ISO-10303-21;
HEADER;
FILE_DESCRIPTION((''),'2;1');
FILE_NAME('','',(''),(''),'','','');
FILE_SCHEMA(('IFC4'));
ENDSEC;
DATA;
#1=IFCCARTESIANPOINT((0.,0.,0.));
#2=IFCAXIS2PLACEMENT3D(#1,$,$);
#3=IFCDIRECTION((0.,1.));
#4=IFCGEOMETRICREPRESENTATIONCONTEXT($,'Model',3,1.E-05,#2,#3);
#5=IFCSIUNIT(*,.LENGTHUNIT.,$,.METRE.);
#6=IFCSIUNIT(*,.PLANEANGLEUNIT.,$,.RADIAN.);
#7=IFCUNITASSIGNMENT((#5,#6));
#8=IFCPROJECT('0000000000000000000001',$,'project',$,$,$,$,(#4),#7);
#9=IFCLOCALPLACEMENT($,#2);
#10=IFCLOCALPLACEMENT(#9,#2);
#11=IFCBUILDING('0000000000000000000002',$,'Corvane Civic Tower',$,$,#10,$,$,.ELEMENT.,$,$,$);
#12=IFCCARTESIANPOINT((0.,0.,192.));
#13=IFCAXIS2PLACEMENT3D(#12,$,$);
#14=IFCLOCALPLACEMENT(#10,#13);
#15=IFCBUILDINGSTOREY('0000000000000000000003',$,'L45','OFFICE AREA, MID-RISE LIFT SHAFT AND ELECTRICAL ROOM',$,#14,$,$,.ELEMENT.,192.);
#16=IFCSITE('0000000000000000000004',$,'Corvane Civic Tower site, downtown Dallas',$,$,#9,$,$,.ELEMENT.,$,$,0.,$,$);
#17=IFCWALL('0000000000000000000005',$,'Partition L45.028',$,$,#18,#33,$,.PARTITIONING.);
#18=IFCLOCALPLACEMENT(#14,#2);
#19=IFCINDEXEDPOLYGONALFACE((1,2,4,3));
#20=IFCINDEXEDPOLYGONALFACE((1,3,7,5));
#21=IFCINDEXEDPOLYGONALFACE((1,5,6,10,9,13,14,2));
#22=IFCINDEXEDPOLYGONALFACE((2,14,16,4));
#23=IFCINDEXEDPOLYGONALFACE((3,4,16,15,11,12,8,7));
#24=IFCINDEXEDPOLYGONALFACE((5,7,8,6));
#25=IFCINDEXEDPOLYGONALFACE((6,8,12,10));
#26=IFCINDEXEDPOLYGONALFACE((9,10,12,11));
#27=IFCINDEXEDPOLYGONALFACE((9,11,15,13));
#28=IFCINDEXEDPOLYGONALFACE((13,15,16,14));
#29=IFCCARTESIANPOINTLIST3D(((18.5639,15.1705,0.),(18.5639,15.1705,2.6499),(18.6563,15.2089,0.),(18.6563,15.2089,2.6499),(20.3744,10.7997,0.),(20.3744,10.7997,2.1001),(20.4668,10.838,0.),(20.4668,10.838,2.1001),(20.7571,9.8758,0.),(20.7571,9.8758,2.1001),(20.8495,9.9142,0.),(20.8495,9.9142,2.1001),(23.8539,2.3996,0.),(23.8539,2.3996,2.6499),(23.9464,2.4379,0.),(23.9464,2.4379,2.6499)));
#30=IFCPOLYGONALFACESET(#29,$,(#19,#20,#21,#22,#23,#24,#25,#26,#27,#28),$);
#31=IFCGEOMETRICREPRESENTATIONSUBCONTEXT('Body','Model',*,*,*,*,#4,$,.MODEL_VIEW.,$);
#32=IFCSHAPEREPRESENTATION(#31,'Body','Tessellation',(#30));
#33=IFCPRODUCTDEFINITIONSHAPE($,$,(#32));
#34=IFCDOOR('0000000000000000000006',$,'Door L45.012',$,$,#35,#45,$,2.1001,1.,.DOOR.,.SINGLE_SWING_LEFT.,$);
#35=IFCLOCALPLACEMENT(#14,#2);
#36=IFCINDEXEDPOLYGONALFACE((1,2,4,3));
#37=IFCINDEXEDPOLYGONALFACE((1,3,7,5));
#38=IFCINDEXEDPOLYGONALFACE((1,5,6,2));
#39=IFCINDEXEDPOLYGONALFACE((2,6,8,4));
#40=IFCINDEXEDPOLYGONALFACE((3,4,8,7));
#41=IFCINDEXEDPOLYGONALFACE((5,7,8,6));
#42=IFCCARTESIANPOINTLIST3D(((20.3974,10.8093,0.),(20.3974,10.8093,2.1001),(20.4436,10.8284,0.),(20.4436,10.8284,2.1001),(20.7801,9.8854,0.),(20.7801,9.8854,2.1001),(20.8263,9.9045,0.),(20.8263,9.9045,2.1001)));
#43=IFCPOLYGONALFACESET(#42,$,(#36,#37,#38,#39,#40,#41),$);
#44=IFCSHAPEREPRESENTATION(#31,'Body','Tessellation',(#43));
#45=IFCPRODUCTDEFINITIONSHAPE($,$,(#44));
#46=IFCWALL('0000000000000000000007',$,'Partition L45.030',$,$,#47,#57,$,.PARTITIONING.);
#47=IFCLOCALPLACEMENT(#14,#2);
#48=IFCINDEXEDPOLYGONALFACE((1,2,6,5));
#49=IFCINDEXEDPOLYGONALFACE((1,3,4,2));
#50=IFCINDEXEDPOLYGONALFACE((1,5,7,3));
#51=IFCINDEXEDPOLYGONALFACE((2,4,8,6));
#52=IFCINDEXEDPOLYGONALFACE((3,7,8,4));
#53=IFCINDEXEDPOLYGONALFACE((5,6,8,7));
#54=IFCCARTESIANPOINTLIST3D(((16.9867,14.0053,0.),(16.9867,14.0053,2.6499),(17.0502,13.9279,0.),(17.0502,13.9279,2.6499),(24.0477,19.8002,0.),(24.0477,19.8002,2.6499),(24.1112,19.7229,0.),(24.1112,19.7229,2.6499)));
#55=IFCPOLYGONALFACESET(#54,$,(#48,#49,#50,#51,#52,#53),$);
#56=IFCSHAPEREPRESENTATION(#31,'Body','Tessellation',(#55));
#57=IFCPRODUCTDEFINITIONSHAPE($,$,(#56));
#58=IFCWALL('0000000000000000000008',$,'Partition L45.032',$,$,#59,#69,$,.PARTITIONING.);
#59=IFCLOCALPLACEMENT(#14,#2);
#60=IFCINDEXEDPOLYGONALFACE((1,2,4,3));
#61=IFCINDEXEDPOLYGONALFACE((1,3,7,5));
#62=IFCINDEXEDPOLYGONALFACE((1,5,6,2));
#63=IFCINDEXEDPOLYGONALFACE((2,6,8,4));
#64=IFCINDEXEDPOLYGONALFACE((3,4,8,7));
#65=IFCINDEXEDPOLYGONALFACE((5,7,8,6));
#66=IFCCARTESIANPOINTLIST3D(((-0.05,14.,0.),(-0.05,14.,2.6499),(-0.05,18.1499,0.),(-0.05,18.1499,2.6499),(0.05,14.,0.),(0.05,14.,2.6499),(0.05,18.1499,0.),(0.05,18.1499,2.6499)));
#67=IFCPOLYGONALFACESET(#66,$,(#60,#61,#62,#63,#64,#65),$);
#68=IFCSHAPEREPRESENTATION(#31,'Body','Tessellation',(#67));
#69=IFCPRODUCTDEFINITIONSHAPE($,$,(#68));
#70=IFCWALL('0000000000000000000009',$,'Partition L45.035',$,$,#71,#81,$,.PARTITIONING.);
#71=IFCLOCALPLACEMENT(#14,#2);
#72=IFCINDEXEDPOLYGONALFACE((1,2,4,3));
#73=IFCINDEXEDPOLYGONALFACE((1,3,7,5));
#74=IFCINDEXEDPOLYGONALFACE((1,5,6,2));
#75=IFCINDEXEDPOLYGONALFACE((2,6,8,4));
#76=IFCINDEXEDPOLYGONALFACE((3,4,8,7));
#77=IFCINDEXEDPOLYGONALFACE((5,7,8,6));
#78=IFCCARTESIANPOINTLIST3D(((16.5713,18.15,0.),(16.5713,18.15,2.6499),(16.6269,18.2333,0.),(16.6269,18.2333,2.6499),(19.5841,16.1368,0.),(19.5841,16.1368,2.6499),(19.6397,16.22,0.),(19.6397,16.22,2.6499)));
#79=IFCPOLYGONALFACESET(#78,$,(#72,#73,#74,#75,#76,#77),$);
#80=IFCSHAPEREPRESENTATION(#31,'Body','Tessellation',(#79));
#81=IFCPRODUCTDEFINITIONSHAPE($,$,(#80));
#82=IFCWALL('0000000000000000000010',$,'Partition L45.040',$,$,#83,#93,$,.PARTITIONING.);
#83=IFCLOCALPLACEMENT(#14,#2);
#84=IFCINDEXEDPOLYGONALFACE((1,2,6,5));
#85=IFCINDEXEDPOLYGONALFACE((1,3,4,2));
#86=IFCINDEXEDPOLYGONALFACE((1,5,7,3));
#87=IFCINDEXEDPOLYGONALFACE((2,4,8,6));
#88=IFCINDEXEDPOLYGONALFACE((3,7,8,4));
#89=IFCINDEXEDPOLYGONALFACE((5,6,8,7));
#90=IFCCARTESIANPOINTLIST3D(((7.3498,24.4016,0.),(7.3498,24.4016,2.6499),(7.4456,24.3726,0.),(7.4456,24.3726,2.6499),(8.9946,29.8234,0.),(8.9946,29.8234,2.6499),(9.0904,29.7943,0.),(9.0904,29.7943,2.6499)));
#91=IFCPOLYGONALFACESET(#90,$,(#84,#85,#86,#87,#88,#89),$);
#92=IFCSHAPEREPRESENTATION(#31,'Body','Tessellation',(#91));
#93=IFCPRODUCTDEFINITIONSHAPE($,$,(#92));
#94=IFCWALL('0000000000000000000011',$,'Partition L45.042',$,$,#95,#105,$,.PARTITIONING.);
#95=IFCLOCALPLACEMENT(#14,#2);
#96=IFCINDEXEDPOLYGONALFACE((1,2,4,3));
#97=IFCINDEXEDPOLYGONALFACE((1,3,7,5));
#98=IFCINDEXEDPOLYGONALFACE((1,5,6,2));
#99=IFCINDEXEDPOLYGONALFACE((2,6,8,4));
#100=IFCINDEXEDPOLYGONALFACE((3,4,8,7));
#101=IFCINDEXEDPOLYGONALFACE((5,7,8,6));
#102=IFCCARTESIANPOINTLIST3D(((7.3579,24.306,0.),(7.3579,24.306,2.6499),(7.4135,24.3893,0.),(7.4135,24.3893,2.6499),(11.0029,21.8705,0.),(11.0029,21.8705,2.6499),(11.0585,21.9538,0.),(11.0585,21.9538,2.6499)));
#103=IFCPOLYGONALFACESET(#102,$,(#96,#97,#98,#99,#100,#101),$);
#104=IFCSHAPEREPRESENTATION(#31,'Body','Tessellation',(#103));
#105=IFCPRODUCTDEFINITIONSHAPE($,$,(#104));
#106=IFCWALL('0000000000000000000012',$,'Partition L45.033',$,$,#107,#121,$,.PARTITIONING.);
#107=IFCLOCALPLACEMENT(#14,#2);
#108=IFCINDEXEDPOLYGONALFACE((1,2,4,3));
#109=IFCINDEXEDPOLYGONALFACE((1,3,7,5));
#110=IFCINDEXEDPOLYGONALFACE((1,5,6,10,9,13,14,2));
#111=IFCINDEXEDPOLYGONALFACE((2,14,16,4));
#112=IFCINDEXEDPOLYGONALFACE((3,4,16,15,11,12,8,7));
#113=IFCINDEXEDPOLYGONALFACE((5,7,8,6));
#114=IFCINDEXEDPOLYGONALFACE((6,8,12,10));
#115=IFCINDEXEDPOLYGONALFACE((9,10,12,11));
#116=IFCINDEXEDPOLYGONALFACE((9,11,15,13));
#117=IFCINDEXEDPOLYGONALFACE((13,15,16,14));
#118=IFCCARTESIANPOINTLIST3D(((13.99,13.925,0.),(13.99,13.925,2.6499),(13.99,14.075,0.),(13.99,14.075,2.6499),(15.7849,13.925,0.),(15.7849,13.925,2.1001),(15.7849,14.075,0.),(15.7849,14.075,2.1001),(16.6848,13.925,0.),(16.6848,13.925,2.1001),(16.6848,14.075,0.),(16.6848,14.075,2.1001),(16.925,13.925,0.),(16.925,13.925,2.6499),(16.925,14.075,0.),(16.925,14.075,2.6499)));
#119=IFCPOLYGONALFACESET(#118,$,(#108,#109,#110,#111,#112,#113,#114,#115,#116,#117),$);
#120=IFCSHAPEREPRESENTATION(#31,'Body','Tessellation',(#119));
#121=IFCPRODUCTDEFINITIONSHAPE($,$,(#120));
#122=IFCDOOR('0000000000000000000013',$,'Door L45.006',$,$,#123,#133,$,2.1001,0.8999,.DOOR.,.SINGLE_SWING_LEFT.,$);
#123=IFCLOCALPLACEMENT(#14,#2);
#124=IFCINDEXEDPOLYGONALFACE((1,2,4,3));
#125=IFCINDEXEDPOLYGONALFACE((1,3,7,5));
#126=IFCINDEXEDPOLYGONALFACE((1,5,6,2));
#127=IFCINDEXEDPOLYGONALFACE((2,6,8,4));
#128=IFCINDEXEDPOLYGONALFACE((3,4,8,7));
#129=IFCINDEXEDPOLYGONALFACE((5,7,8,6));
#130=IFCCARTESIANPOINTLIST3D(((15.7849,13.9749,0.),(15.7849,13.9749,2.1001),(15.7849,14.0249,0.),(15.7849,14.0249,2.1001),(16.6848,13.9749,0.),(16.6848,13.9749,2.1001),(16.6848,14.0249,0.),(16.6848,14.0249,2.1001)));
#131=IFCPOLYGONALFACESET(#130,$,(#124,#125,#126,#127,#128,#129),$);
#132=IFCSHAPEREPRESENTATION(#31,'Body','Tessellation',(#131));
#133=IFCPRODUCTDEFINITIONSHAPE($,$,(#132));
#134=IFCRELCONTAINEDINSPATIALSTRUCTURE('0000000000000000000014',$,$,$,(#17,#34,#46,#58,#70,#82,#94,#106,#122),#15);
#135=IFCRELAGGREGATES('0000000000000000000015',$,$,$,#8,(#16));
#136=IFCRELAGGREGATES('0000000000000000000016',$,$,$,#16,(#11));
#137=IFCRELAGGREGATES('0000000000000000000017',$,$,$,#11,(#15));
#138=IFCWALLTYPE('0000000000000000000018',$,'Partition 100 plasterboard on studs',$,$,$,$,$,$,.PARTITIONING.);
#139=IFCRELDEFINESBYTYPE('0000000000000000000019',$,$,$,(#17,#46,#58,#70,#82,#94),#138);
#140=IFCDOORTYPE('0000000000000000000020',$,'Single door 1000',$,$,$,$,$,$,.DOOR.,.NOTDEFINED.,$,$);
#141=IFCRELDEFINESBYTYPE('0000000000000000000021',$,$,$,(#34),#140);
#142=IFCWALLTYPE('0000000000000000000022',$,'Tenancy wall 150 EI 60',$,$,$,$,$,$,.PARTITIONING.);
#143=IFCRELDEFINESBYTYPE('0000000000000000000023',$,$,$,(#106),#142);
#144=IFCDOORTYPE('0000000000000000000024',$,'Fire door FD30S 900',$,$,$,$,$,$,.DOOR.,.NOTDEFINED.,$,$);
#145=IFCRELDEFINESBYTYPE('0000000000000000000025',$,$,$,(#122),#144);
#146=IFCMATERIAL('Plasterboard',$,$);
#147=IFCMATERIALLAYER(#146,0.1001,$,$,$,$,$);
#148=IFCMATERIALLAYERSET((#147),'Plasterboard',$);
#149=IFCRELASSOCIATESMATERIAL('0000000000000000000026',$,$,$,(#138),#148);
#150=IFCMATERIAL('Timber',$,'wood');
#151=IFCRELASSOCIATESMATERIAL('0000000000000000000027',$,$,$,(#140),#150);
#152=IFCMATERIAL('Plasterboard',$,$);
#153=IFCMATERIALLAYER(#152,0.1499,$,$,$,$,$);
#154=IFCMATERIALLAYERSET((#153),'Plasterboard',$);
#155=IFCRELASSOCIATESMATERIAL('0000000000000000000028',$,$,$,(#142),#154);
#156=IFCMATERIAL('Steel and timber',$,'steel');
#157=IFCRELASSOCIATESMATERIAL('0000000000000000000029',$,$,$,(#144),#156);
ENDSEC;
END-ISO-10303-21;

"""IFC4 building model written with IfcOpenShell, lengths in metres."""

from ifc_helpers import new_model, si_unit, direction, frame, frame_2d, origin, place, context, subcontext, project, spatial, rectangle, extrude, material, layer, layer_set, type_object, element, fill, save


model = new_model("IFC4")

# Units and contexts
model_context = context("Model", 3, precision=1e-05, world=origin(), true_north=direction((0.0, 1.0)))
body_context = subcontext(model_context, "Body", "Model", "MODEL_VIEW")
ifc_project = project(units=[si_unit("LENGTHUNIT", "METRE"), si_unit("PLANEANGLEUNIT", "RADIAN")], contexts=[model_context])

# Site, building, storey
site_placement = place(None, origin())
site = spatial("IfcSite", under=ifc_project, at=site_placement, Name="Corvane Civic Tower site, downtown Dallas", CompositionType="ELEMENT", RefElevation=0.0)
building_placement = place(site_placement, origin())
building = spatial("IfcBuilding", under=site, at=building_placement, Name="Corvane Civic Tower", CompositionType="ELEMENT")
storey_placement = place(building_placement, frame((0.0, 0.0, 192.0)))
storey = spatial("IfcBuildingStorey", under=building, at=storey_placement, Name="L45", Description="OFFICE AREA, MID-RISE LIFT SHAFT AND ELECTRICAL ROOM", CompositionType="ELEMENT", Elevation=192.0)

# Wall, opening, door
ifc_material_1 = material(Name="Plasterboard")
ifc_layer_1 = layer(ifc_material_1, 0.1001)
ifc_layer_set_1 = layer_set([ifc_layer_1], Name="Plasterboard")
wall_type_1 = type_object("IfcWallType", Name="Partition 100 plasterboard on studs", PredefinedType="PARTITIONING", material=ifc_layer_set_1)
wall_1_placement = place(storey_placement, frame((18.6101, 15.1897, 0.0), z_axis=(0.0, 0.0, 1.0), x_axis=(0.382691, -0.923876, 0.0)))
wall_1 = element("IfcWall", 1, at=wall_1_placement, inside=storey, type_object=wall_type_1, Name="Partition L45.028", PredefinedType="PARTITIONING", context=body_context, shape_type="SweptSolid", body=[
    extrude(rectangle(XDim=13.8232, YDim=0.1001, at=frame_2d((6.9116, 0.0))), origin(), (0.0, 0.0, 1.0), 2.6499),
])
opening_1_placement = place(wall_1_placement, frame((4.731, 0.0, 0.0)))
opening_1 = element("IfcOpeningElement", 2, at=opening_1_placement, cuts=wall_1, PredefinedType="OPENING", context=body_context, shape_type="SweptSolid", body=[
    extrude(rectangle(XDim=1.0, YDim=2.1001, at=frame_2d((0.5, 1.05))), frame((0.0, 0.0601, 0.0), z_axis=(0.0, -1.0, 0.0), x_axis=(1.0, 0.0, 0.0)), (0.0, 0.0, 1.0), 0.1201),
])
ifc_material_2 = material(Name="Timber", Category="wood")
door_type_1 = type_object("IfcDoorType", Name="Single door 1000", OperationType="NOTDEFINED", PredefinedType="DOOR", material=ifc_material_2)
door_1_placement = place(opening_1_placement, origin())
door_1 = element("IfcDoor", 3, at=door_1_placement, inside=storey, type_object=door_type_1, Name="Door L45.012", OperationType="SINGLE_SWING_LEFT", OverallHeight=2.1001, OverallWidth=1.0, PredefinedType="DOOR", context=body_context, shape_type="SweptSolid", body=[
    extrude(rectangle(XDim=1.0, YDim=2.1001, at=frame_2d((0.5, 1.05))), frame((0.0, 0.0249, 0.0), z_axis=(0.0, -1.0, 0.0), x_axis=(1.0, 0.0, 0.0)), (0.0, 0.0, 1.0), 0.05),
])
fill(opening_1, door_1)

# Walls
wall_2_placement = place(storey_placement, frame((17.0183, 13.9666, 0.0), z_axis=(0.0, 0.0, 1.0), x_axis=(0.773006, 0.634399, 0.0)))
element("IfcWall", 4, at=wall_2_placement, inside=storey, type_object=wall_type_1, Name="Partition L45.030", PredefinedType="PARTITIONING", context=body_context, shape_type="SweptSolid", body=[
    extrude(rectangle(XDim=9.1345, YDim=0.1001, at=frame_2d((4.5674, 0.0))), origin(), (0.0, 0.0, 1.0), 2.6499),
])
wall_3_placement = place(storey_placement, frame((0.0, 14.0, 0.0), z_axis=(0.0, 0.0, 1.0), x_axis=(0.0, 1.0, 0.0)))
element("IfcWall", 5, at=wall_3_placement, inside=storey, type_object=wall_type_1, Name="Partition L45.032", PredefinedType="PARTITIONING", context=body_context, shape_type="SweptSolid", body=[
    extrude(rectangle(XDim=4.1499, YDim=0.1001, at=frame_2d((2.075, 0.0))), origin(), (0.0, 0.0, 1.0), 2.6499),
])
wall_4_placement = place(storey_placement, frame((16.5991, 18.1917, 0.0), z_axis=(0.0, 0.0, 1.0), x_axis=(0.831449, -0.555602, 0.0)))
element("IfcWall", 6, at=wall_4_placement, inside=storey, type_object=wall_type_1, Name="Partition L45.035", PredefinedType="PARTITIONING", context=body_context, shape_type="SweptSolid", body=[
    extrude(rectangle(XDim=3.6235, YDim=0.1001, at=frame_2d((1.8118, 0.0))), origin(), (0.0, 0.0, 1.0), 2.6499),
])
wall_5_placement = place(storey_placement, frame((7.3977, 24.387, 0.0), z_axis=(0.0, 0.0, 1.0), x_axis=(0.290296, 0.956937, 0.0)))
element("IfcWall", 7, at=wall_5_placement, inside=storey, type_object=wall_type_1, Name="Partition L45.040", PredefinedType="PARTITIONING", context=body_context, shape_type="SweptSolid", body=[
    extrude(rectangle(XDim=5.6658, YDim=0.1001, at=frame_2d((2.833, 0.0))), origin(), (0.0, 0.0, 1.0), 2.6499),
])
wall_6_placement = place(storey_placement, frame((7.3857, 24.3477, 0.0), z_axis=(0.0, 0.0, 1.0), x_axis=(0.831467, -0.555574, 0.0)))
element("IfcWall", 8, at=wall_6_placement, inside=storey, type_object=wall_type_1, Name="Partition L45.042", PredefinedType="PARTITIONING", context=body_context, shape_type="SweptSolid", body=[
    extrude(rectangle(XDim=4.3838, YDim=0.1001, at=frame_2d((2.1919, 0.0))), origin(), (0.0, 0.0, 1.0), 2.6499),
])

# Wall, opening, door
ifc_material_3 = material(Name="Plasterboard")
ifc_layer_2 = layer(ifc_material_3, 0.1499)
ifc_layer_set_2 = layer_set([ifc_layer_2], Name="Plasterboard")
wall_type_2 = type_object("IfcWallType", Name="Tenancy wall 150 EI 60", PredefinedType="PARTITIONING", material=ifc_layer_set_2)
wall_7_placement = place(storey_placement, frame((13.99, 14.0, 0.0), z_axis=(0.0, 0.0, 1.0), x_axis=(1.0, 0.0, 0.0)))
wall_7 = element("IfcWall", 9, at=wall_7_placement, inside=storey, type_object=wall_type_2, Name="Partition L45.033", PredefinedType="PARTITIONING", context=body_context, shape_type="SweptSolid", body=[
    extrude(rectangle(XDim=2.9351, YDim=0.1499, at=frame_2d((1.4675, 0.0))), origin(), (0.0, 0.0, 1.0), 2.6499),
])
opening_2_placement = place(wall_7_placement, frame((1.7949, 0.0, 0.0)))
opening_2 = element("IfcOpeningElement", 10, at=opening_2_placement, cuts=wall_7, PredefinedType="OPENING", context=body_context, shape_type="SweptSolid", body=[
    extrude(rectangle(XDim=0.8999, YDim=2.1001, at=frame_2d((0.45, 1.05))), frame((0.0, 0.085, 0.0), z_axis=(0.0, -1.0, 0.0), x_axis=(1.0, 0.0, 0.0)), (0.0, 0.0, 1.0), 0.1699),
])
ifc_material_4 = material(Name="Steel and timber", Category="steel")
door_type_2 = type_object("IfcDoorType", Name="Fire door FD30S 900", OperationType="NOTDEFINED", PredefinedType="DOOR", material=ifc_material_4)
door_2_placement = place(opening_2_placement, origin())
door_2 = element("IfcDoor", 11, at=door_2_placement, inside=storey, type_object=door_type_2, Name="Door L45.006", OperationType="SINGLE_SWING_LEFT", OverallHeight=2.1001, OverallWidth=0.8999, PredefinedType="DOOR", context=body_context, shape_type="SweptSolid", body=[
    extrude(rectangle(XDim=0.8999, YDim=2.1001, at=frame_2d((0.45, 1.05))), frame((0.0, 0.0249, 0.0), z_axis=(0.0, -1.0, 0.0), x_axis=(1.0, 0.0, 0.0)), (0.0, 0.0, 1.0), 0.05),
])
fill(opening_2, door_2)

save(model, "model.ifc")
